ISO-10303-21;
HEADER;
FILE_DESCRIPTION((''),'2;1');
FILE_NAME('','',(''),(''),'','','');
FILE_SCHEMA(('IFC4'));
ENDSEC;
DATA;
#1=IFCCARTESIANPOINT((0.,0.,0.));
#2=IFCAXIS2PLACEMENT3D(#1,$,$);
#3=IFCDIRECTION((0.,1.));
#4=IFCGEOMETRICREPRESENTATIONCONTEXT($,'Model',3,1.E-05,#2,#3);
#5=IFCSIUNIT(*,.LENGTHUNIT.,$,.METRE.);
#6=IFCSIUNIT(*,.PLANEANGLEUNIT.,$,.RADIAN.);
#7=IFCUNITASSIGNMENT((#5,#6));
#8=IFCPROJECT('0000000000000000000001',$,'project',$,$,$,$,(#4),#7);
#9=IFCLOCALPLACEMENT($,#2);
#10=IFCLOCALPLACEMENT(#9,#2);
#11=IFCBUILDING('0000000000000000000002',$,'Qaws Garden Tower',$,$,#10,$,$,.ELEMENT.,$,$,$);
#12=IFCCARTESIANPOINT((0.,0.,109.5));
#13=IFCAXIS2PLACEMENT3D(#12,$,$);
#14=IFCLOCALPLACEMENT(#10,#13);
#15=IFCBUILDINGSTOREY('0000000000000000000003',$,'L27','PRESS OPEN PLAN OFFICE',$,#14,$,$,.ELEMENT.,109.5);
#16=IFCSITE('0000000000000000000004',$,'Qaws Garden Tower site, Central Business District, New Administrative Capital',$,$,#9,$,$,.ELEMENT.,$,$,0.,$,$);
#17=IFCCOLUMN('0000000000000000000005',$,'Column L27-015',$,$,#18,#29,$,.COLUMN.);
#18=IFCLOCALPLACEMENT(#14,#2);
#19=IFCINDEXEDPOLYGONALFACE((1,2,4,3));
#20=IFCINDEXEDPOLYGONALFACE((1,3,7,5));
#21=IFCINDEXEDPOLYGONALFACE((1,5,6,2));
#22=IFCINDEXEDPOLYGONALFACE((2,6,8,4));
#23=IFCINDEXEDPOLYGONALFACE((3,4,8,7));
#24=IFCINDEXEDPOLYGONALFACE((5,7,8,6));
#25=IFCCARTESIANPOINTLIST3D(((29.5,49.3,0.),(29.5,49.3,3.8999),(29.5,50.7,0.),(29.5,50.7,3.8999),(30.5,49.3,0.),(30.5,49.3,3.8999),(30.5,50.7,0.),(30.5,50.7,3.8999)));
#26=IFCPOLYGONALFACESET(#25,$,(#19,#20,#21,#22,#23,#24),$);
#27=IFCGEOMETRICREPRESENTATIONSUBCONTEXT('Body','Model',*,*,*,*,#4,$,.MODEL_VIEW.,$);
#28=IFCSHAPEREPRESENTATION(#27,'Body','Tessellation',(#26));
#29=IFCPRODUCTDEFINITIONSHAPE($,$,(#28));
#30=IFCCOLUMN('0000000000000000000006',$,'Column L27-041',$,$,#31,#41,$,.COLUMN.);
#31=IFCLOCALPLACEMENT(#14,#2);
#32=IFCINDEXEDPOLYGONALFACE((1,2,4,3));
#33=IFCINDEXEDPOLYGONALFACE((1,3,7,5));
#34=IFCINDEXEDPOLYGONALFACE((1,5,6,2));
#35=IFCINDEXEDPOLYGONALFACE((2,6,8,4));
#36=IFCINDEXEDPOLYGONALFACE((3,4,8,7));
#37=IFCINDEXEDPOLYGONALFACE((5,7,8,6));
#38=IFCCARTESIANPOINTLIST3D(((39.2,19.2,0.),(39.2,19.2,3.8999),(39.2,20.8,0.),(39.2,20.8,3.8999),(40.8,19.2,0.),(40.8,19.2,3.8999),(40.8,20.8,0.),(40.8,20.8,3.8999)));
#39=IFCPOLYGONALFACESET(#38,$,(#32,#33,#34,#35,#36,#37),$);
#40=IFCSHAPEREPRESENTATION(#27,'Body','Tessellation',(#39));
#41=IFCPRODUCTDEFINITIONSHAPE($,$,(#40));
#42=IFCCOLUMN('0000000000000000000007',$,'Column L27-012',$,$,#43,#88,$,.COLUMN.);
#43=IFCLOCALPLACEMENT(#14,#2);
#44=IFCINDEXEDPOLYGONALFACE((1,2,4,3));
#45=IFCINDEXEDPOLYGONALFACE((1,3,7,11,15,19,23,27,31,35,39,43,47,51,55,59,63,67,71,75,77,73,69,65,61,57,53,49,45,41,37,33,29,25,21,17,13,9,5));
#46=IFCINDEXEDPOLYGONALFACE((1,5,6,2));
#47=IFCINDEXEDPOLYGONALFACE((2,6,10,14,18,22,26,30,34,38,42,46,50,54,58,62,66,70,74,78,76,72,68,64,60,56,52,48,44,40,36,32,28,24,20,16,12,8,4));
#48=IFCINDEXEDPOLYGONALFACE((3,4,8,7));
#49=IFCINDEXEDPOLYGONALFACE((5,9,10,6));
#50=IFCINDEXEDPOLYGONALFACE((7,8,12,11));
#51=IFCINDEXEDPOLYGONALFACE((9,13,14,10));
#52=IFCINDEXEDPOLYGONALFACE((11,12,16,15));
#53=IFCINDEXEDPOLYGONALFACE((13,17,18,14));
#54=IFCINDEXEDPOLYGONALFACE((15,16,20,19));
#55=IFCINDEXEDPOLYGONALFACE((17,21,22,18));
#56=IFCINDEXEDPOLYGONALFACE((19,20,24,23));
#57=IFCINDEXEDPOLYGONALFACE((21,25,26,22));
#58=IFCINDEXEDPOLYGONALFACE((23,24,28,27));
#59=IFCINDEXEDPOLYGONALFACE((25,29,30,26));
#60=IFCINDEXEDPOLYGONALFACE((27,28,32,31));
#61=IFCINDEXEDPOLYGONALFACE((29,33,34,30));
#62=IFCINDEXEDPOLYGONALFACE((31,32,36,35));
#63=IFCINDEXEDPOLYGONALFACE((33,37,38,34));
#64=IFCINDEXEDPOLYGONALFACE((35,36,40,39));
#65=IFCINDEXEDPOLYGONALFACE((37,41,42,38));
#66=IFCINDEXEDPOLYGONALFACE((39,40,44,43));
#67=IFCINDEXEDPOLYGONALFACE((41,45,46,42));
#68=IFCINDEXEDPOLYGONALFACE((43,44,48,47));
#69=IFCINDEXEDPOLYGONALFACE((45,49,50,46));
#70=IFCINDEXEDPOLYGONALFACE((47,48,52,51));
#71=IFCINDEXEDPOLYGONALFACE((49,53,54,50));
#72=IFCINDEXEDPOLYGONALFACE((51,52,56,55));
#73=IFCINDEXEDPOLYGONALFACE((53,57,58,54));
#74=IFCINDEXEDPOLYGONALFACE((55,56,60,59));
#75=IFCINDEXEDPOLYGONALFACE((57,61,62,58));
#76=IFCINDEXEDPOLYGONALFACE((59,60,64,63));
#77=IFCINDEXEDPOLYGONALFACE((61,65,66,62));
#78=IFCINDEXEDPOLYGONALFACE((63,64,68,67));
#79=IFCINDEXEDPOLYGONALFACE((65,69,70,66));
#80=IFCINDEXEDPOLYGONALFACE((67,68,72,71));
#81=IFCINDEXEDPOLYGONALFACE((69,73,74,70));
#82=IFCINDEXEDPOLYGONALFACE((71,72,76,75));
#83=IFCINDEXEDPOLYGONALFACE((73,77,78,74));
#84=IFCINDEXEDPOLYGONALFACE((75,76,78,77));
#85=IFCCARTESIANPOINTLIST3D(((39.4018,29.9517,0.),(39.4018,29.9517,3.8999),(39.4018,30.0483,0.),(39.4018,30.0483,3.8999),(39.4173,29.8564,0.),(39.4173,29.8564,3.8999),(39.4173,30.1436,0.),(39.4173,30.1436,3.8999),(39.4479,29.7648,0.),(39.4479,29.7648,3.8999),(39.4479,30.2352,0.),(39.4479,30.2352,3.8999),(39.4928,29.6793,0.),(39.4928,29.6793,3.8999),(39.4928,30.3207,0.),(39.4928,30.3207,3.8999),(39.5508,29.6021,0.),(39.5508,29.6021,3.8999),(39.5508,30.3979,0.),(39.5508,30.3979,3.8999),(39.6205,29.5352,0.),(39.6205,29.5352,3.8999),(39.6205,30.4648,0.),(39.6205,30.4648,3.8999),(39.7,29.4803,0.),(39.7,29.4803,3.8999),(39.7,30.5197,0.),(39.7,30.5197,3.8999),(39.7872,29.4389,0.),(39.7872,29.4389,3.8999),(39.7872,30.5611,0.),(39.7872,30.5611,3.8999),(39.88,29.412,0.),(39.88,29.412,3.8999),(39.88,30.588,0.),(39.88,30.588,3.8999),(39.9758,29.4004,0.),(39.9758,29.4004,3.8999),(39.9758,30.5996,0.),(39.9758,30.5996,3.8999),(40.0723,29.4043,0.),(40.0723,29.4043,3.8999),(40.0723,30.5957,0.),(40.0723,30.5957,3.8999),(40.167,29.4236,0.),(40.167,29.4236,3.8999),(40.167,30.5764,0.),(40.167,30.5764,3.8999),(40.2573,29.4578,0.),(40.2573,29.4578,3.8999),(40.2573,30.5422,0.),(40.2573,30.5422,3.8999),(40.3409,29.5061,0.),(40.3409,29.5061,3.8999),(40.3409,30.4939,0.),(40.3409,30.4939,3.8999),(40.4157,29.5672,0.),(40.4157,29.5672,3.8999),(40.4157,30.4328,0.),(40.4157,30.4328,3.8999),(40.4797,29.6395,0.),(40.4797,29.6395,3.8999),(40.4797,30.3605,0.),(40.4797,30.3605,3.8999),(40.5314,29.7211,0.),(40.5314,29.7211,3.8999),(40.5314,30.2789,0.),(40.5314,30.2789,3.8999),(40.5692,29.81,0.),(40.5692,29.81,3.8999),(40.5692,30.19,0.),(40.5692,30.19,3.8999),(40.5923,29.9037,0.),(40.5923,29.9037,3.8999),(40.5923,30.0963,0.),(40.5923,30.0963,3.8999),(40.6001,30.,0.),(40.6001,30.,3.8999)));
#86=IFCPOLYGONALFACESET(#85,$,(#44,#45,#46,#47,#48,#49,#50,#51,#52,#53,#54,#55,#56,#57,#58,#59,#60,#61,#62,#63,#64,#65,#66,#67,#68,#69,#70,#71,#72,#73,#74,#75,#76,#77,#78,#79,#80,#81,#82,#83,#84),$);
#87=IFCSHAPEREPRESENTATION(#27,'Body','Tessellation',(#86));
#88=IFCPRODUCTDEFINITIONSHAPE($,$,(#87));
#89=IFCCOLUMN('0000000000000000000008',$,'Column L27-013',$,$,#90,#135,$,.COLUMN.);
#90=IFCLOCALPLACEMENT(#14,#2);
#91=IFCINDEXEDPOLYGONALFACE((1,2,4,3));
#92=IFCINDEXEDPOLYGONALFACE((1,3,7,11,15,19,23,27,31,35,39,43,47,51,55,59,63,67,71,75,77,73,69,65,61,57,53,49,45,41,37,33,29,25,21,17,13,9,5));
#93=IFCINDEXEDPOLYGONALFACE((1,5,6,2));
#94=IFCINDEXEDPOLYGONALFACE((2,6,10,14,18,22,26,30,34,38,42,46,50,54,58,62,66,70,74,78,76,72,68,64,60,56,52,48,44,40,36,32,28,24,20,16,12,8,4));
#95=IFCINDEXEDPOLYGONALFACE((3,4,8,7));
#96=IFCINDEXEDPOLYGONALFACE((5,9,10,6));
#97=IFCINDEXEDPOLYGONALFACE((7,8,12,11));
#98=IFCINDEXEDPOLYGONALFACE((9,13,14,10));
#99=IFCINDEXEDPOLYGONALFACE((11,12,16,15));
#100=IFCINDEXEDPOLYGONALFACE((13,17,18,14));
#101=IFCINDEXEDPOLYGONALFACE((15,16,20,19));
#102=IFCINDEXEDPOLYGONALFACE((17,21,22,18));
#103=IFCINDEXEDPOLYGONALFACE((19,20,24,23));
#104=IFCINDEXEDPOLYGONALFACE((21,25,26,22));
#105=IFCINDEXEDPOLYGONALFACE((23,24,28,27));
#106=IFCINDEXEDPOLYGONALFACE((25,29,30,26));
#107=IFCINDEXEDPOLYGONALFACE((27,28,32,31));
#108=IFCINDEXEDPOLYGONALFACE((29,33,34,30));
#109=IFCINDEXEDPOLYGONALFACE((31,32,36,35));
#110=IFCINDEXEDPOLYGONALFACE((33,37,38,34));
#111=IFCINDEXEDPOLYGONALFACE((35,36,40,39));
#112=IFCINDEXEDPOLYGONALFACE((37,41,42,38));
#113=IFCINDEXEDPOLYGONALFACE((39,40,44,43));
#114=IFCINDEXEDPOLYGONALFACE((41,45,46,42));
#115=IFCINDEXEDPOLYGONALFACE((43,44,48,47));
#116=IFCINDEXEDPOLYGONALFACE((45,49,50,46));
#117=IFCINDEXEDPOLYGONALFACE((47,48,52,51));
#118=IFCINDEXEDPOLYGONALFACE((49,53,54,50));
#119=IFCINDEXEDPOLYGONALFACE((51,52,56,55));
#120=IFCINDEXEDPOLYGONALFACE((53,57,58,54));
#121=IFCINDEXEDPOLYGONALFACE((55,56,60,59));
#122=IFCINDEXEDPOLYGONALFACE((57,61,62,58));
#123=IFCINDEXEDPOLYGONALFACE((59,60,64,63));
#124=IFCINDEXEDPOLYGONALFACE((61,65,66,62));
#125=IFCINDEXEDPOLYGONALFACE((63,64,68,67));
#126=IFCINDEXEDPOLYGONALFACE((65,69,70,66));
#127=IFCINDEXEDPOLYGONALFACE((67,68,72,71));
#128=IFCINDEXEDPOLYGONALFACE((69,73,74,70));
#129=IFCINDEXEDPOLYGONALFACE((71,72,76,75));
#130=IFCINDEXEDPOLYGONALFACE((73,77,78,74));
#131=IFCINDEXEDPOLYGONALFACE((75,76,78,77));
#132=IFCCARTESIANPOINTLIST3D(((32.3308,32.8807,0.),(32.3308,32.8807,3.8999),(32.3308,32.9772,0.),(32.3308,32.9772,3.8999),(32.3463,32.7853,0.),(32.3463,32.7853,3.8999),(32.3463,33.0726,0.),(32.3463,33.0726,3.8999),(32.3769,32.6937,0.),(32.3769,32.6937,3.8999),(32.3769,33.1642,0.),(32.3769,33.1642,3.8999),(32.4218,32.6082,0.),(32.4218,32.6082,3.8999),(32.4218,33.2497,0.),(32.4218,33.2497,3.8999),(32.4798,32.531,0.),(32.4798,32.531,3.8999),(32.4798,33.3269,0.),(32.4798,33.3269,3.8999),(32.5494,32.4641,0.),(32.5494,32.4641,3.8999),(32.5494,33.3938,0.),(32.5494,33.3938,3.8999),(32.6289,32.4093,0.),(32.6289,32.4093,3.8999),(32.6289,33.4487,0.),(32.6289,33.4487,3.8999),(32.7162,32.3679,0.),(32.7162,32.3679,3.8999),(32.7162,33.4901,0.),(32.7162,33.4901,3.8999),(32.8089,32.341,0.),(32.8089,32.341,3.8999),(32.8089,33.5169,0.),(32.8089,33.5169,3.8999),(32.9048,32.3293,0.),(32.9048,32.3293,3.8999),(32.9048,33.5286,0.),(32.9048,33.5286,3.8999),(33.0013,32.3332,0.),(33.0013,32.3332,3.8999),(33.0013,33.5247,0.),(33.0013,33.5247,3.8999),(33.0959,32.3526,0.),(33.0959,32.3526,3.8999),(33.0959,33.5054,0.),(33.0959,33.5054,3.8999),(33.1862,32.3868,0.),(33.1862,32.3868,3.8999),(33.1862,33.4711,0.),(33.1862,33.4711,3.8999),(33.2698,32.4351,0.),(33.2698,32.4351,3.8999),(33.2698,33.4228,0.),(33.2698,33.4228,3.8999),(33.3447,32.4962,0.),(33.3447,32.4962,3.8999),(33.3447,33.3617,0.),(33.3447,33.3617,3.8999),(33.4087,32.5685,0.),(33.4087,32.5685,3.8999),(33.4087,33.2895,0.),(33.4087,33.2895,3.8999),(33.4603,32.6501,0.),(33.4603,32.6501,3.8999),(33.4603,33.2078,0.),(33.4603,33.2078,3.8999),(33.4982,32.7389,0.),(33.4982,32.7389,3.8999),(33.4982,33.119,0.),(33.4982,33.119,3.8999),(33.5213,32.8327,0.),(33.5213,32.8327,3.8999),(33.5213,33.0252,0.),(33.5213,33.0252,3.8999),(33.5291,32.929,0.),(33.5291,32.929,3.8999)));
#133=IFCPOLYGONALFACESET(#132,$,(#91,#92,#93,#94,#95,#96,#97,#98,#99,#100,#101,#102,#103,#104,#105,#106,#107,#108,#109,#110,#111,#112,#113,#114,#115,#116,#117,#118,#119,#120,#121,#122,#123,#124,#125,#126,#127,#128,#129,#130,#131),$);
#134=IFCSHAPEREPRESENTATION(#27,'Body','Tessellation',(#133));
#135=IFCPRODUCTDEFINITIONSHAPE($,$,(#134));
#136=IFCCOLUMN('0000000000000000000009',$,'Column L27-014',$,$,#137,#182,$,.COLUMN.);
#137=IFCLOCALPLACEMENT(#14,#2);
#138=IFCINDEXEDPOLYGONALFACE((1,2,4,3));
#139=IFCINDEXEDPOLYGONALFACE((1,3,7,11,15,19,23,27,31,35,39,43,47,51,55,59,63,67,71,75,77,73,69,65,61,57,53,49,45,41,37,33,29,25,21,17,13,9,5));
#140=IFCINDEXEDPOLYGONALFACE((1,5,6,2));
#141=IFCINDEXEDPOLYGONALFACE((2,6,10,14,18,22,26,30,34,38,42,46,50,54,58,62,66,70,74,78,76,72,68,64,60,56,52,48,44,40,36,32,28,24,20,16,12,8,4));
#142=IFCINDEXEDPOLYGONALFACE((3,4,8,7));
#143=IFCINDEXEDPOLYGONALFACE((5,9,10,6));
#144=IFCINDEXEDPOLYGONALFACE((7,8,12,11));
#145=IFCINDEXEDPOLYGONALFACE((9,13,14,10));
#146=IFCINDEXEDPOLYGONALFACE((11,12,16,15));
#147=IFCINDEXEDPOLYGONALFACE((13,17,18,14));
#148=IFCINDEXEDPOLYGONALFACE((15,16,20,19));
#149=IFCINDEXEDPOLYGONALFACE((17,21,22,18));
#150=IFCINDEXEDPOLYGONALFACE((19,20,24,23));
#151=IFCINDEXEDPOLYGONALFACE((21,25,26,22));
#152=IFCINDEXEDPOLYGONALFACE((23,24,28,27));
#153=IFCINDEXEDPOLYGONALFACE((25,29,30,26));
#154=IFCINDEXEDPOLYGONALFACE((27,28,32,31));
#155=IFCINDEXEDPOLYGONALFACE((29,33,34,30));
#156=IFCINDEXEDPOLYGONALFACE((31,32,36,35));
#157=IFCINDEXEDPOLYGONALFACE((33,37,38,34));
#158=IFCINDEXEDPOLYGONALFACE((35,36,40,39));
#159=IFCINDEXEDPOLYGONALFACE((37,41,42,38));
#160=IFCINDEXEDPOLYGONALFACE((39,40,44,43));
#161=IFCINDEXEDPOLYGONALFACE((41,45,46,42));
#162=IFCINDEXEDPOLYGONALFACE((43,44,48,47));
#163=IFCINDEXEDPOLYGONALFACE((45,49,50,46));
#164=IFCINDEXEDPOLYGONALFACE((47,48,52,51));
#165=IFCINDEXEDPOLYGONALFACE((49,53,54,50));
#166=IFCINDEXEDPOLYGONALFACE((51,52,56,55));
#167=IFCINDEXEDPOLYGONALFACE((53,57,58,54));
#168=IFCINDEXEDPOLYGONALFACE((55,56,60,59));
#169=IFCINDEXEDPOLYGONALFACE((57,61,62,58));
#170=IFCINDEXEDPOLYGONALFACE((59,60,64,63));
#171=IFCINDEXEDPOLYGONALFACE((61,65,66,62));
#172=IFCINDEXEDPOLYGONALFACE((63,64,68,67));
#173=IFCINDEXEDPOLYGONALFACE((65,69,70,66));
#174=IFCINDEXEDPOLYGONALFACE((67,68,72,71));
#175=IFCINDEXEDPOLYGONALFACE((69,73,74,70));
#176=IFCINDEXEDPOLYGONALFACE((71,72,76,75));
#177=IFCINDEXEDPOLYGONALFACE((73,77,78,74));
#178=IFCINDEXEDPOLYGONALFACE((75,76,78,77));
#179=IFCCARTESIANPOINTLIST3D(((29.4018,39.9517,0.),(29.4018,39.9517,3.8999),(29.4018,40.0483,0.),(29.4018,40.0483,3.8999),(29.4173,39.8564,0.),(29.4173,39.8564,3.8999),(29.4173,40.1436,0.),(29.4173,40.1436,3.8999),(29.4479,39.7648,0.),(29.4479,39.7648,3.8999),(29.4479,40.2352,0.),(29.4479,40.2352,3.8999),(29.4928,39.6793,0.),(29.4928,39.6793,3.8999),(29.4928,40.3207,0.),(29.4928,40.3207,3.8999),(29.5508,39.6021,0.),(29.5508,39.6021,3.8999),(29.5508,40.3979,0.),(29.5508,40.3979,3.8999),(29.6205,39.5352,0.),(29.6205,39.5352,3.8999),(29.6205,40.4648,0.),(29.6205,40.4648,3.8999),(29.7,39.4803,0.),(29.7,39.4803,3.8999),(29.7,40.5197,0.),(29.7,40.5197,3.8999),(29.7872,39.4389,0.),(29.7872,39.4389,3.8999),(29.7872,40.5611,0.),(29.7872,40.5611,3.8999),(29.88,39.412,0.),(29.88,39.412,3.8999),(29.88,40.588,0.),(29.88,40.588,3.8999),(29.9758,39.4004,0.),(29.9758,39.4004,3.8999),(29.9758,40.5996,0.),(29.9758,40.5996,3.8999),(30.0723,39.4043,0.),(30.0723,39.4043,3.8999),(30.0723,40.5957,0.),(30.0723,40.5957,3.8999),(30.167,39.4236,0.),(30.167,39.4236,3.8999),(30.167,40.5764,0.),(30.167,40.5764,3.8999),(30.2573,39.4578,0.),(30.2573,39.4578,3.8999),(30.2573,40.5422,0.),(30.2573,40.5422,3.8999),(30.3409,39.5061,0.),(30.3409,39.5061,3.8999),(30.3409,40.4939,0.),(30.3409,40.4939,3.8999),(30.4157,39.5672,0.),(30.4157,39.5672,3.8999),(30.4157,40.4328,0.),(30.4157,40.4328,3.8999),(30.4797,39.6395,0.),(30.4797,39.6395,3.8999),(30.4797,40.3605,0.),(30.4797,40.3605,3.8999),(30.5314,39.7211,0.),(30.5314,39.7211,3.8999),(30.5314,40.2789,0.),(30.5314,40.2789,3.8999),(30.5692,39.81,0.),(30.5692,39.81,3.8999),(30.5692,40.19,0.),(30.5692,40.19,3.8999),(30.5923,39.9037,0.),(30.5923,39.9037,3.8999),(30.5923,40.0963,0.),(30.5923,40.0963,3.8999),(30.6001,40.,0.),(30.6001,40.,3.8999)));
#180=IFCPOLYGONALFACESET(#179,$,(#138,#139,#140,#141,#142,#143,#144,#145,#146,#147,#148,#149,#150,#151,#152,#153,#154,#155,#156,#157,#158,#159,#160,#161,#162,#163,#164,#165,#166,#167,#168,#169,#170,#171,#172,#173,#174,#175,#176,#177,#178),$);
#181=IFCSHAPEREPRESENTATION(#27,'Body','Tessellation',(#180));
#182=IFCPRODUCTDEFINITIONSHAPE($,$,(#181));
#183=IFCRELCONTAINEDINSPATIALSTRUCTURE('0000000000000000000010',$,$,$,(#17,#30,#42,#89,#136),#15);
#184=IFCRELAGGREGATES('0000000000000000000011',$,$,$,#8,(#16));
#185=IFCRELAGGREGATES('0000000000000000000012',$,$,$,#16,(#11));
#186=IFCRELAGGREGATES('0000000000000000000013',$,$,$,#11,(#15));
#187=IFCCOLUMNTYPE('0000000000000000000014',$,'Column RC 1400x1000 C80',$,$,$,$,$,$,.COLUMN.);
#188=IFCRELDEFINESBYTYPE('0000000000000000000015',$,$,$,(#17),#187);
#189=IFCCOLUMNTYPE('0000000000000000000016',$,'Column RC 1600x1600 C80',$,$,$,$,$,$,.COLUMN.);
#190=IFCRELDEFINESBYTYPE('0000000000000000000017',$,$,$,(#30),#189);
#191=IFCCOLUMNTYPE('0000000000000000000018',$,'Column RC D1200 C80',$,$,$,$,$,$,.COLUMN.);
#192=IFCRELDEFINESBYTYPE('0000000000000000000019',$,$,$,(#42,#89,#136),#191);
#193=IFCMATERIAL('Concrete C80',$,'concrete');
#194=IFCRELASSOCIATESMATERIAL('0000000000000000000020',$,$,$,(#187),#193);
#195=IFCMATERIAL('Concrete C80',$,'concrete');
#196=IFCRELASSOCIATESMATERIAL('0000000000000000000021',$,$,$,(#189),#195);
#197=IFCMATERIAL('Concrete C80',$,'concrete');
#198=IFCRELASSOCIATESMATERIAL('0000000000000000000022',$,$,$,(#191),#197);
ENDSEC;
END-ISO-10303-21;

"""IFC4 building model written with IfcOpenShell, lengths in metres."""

from ifc_helpers import new_model, si_unit, direction, frame, origin, origin_2d, place, context, subcontext, project, spatial, rectangle, circle, extrude, material, material_profile, profile_set, type_object, element, save


model = new_model("IFC4")

# Units and contexts
model_context = context("Model", 3, precision=1e-05, world=origin(), true_north=direction((0.0, 1.0)))
body_context = subcontext(model_context, "Body", "Model", "MODEL_VIEW")
ifc_project = project(units=[si_unit("LENGTHUNIT", "METRE"), si_unit("PLANEANGLEUNIT", "RADIAN")], contexts=[model_context])

# Site, building, storey
site_placement = place(None, origin())
site = spatial("IfcSite", under=ifc_project, at=site_placement, Name="Qaws Garden Tower site, Central Business District, New Administrative Capital", CompositionType="ELEMENT", RefElevation=0.0)
building_placement = place(site_placement, origin())
building = spatial("IfcBuilding", under=site, at=building_placement, Name="Qaws Garden Tower", CompositionType="ELEMENT")
storey_placement = place(building_placement, frame((0.0, 0.0, 109.5)))
storey = spatial("IfcBuildingStorey", under=building, at=storey_placement, Name="L27", Description="PRESS OPEN PLAN OFFICE", CompositionType="ELEMENT", Elevation=109.5)

# Columns
ifc_material_1 = material(Name="Concrete C80", Category="concrete")
ifc_material_profile_1 = material_profile(ifc_material_1, rectangle(XDim=1.3999, YDim=1.0, at=origin_2d()), Name="RC 1400x1000")
ifc_profile_set_1 = profile_set([ifc_material_profile_1], Name="Concrete C80")
column_type_1 = type_object("IfcColumnType", Name="Column RC 1400x1000 C80", PredefinedType="COLUMN", material=ifc_profile_set_1)
column_1_placement = place(storey_placement, frame((30.0, 50.0, 0.0), z_axis=(0.0, 0.0, 1.0), x_axis=(0.0, 1.0, 0.0)))
element("IfcColumn", 1, at=column_1_placement, inside=storey, type_object=column_type_1, Name="Column L27-015", PredefinedType="COLUMN", context=body_context, shape_type="SweptSolid", body=[
    extrude(rectangle(XDim=1.3999, YDim=1.0, at=origin_2d()), origin(), (0.0, 0.0, 1.0), 3.8999),
])
ifc_material_2 = material(Name="Concrete C80", Category="concrete")
ifc_material_profile_2 = material_profile(ifc_material_2, rectangle(XDim=1.6001, YDim=1.6001, at=origin_2d()), Name="RC 1600x1600")
ifc_profile_set_2 = profile_set([ifc_material_profile_2], Name="Concrete C80")
column_type_2 = type_object("IfcColumnType", Name="Column RC 1600x1600 C80", PredefinedType="COLUMN", material=ifc_profile_set_2)
column_2_placement = place(storey_placement, frame((40.0, 20.0, 0.0), z_axis=(0.0, 0.0, 1.0), x_axis=(1.0, 0.0, 0.0)))
element("IfcColumn", 2, at=column_2_placement, inside=storey, type_object=column_type_2, Name="Column L27-041", PredefinedType="COLUMN", context=body_context, shape_type="SweptSolid", body=[
    extrude(rectangle(XDim=1.6001, YDim=1.6001, at=origin_2d()), origin(), (0.0, 0.0, 1.0), 3.8999),
])
ifc_material_3 = material(Name="Concrete C80", Category="concrete")
ifc_material_profile_3 = material_profile(ifc_material_3, circle(Radius=0.6001, at=origin_2d()), Name="RC D1200")
ifc_profile_set_3 = profile_set([ifc_material_profile_3], Name="Concrete C80")
column_type_3 = type_object("IfcColumnType", Name="Column RC D1200 C80", PredefinedType="COLUMN", material=ifc_profile_set_3)
for number, where, z_axis, x_axis, name in (
    (3, (40.0, 30.0, 0.0), (0.0, 0.0, 1.0), (1.0, 0.0, 0.0), "Column L27-012"),
    (4, (32.929, 32.929, 0.0), (0.0, 0.0, 1.0), (1.0, 0.0, 0.0), "Column L27-013"),
    (5, (30.0, 40.0, 0.0), (0.0, 0.0, 1.0), (1.0, 0.0, 0.0), "Column L27-014"),
):
    element("IfcColumn", number, at=place(storey_placement, frame(where, z_axis=z_axis, x_axis=x_axis)), inside=storey, type_object=column_type_3, Name=name, PredefinedType="COLUMN", context=body_context, shape_type="SweptSolid", body=[
        extrude(circle(Radius=0.6001, at=origin_2d()), origin(), (0.0, 0.0, 1.0), 3.8999),
    ])

save(model, "model.ifc")
